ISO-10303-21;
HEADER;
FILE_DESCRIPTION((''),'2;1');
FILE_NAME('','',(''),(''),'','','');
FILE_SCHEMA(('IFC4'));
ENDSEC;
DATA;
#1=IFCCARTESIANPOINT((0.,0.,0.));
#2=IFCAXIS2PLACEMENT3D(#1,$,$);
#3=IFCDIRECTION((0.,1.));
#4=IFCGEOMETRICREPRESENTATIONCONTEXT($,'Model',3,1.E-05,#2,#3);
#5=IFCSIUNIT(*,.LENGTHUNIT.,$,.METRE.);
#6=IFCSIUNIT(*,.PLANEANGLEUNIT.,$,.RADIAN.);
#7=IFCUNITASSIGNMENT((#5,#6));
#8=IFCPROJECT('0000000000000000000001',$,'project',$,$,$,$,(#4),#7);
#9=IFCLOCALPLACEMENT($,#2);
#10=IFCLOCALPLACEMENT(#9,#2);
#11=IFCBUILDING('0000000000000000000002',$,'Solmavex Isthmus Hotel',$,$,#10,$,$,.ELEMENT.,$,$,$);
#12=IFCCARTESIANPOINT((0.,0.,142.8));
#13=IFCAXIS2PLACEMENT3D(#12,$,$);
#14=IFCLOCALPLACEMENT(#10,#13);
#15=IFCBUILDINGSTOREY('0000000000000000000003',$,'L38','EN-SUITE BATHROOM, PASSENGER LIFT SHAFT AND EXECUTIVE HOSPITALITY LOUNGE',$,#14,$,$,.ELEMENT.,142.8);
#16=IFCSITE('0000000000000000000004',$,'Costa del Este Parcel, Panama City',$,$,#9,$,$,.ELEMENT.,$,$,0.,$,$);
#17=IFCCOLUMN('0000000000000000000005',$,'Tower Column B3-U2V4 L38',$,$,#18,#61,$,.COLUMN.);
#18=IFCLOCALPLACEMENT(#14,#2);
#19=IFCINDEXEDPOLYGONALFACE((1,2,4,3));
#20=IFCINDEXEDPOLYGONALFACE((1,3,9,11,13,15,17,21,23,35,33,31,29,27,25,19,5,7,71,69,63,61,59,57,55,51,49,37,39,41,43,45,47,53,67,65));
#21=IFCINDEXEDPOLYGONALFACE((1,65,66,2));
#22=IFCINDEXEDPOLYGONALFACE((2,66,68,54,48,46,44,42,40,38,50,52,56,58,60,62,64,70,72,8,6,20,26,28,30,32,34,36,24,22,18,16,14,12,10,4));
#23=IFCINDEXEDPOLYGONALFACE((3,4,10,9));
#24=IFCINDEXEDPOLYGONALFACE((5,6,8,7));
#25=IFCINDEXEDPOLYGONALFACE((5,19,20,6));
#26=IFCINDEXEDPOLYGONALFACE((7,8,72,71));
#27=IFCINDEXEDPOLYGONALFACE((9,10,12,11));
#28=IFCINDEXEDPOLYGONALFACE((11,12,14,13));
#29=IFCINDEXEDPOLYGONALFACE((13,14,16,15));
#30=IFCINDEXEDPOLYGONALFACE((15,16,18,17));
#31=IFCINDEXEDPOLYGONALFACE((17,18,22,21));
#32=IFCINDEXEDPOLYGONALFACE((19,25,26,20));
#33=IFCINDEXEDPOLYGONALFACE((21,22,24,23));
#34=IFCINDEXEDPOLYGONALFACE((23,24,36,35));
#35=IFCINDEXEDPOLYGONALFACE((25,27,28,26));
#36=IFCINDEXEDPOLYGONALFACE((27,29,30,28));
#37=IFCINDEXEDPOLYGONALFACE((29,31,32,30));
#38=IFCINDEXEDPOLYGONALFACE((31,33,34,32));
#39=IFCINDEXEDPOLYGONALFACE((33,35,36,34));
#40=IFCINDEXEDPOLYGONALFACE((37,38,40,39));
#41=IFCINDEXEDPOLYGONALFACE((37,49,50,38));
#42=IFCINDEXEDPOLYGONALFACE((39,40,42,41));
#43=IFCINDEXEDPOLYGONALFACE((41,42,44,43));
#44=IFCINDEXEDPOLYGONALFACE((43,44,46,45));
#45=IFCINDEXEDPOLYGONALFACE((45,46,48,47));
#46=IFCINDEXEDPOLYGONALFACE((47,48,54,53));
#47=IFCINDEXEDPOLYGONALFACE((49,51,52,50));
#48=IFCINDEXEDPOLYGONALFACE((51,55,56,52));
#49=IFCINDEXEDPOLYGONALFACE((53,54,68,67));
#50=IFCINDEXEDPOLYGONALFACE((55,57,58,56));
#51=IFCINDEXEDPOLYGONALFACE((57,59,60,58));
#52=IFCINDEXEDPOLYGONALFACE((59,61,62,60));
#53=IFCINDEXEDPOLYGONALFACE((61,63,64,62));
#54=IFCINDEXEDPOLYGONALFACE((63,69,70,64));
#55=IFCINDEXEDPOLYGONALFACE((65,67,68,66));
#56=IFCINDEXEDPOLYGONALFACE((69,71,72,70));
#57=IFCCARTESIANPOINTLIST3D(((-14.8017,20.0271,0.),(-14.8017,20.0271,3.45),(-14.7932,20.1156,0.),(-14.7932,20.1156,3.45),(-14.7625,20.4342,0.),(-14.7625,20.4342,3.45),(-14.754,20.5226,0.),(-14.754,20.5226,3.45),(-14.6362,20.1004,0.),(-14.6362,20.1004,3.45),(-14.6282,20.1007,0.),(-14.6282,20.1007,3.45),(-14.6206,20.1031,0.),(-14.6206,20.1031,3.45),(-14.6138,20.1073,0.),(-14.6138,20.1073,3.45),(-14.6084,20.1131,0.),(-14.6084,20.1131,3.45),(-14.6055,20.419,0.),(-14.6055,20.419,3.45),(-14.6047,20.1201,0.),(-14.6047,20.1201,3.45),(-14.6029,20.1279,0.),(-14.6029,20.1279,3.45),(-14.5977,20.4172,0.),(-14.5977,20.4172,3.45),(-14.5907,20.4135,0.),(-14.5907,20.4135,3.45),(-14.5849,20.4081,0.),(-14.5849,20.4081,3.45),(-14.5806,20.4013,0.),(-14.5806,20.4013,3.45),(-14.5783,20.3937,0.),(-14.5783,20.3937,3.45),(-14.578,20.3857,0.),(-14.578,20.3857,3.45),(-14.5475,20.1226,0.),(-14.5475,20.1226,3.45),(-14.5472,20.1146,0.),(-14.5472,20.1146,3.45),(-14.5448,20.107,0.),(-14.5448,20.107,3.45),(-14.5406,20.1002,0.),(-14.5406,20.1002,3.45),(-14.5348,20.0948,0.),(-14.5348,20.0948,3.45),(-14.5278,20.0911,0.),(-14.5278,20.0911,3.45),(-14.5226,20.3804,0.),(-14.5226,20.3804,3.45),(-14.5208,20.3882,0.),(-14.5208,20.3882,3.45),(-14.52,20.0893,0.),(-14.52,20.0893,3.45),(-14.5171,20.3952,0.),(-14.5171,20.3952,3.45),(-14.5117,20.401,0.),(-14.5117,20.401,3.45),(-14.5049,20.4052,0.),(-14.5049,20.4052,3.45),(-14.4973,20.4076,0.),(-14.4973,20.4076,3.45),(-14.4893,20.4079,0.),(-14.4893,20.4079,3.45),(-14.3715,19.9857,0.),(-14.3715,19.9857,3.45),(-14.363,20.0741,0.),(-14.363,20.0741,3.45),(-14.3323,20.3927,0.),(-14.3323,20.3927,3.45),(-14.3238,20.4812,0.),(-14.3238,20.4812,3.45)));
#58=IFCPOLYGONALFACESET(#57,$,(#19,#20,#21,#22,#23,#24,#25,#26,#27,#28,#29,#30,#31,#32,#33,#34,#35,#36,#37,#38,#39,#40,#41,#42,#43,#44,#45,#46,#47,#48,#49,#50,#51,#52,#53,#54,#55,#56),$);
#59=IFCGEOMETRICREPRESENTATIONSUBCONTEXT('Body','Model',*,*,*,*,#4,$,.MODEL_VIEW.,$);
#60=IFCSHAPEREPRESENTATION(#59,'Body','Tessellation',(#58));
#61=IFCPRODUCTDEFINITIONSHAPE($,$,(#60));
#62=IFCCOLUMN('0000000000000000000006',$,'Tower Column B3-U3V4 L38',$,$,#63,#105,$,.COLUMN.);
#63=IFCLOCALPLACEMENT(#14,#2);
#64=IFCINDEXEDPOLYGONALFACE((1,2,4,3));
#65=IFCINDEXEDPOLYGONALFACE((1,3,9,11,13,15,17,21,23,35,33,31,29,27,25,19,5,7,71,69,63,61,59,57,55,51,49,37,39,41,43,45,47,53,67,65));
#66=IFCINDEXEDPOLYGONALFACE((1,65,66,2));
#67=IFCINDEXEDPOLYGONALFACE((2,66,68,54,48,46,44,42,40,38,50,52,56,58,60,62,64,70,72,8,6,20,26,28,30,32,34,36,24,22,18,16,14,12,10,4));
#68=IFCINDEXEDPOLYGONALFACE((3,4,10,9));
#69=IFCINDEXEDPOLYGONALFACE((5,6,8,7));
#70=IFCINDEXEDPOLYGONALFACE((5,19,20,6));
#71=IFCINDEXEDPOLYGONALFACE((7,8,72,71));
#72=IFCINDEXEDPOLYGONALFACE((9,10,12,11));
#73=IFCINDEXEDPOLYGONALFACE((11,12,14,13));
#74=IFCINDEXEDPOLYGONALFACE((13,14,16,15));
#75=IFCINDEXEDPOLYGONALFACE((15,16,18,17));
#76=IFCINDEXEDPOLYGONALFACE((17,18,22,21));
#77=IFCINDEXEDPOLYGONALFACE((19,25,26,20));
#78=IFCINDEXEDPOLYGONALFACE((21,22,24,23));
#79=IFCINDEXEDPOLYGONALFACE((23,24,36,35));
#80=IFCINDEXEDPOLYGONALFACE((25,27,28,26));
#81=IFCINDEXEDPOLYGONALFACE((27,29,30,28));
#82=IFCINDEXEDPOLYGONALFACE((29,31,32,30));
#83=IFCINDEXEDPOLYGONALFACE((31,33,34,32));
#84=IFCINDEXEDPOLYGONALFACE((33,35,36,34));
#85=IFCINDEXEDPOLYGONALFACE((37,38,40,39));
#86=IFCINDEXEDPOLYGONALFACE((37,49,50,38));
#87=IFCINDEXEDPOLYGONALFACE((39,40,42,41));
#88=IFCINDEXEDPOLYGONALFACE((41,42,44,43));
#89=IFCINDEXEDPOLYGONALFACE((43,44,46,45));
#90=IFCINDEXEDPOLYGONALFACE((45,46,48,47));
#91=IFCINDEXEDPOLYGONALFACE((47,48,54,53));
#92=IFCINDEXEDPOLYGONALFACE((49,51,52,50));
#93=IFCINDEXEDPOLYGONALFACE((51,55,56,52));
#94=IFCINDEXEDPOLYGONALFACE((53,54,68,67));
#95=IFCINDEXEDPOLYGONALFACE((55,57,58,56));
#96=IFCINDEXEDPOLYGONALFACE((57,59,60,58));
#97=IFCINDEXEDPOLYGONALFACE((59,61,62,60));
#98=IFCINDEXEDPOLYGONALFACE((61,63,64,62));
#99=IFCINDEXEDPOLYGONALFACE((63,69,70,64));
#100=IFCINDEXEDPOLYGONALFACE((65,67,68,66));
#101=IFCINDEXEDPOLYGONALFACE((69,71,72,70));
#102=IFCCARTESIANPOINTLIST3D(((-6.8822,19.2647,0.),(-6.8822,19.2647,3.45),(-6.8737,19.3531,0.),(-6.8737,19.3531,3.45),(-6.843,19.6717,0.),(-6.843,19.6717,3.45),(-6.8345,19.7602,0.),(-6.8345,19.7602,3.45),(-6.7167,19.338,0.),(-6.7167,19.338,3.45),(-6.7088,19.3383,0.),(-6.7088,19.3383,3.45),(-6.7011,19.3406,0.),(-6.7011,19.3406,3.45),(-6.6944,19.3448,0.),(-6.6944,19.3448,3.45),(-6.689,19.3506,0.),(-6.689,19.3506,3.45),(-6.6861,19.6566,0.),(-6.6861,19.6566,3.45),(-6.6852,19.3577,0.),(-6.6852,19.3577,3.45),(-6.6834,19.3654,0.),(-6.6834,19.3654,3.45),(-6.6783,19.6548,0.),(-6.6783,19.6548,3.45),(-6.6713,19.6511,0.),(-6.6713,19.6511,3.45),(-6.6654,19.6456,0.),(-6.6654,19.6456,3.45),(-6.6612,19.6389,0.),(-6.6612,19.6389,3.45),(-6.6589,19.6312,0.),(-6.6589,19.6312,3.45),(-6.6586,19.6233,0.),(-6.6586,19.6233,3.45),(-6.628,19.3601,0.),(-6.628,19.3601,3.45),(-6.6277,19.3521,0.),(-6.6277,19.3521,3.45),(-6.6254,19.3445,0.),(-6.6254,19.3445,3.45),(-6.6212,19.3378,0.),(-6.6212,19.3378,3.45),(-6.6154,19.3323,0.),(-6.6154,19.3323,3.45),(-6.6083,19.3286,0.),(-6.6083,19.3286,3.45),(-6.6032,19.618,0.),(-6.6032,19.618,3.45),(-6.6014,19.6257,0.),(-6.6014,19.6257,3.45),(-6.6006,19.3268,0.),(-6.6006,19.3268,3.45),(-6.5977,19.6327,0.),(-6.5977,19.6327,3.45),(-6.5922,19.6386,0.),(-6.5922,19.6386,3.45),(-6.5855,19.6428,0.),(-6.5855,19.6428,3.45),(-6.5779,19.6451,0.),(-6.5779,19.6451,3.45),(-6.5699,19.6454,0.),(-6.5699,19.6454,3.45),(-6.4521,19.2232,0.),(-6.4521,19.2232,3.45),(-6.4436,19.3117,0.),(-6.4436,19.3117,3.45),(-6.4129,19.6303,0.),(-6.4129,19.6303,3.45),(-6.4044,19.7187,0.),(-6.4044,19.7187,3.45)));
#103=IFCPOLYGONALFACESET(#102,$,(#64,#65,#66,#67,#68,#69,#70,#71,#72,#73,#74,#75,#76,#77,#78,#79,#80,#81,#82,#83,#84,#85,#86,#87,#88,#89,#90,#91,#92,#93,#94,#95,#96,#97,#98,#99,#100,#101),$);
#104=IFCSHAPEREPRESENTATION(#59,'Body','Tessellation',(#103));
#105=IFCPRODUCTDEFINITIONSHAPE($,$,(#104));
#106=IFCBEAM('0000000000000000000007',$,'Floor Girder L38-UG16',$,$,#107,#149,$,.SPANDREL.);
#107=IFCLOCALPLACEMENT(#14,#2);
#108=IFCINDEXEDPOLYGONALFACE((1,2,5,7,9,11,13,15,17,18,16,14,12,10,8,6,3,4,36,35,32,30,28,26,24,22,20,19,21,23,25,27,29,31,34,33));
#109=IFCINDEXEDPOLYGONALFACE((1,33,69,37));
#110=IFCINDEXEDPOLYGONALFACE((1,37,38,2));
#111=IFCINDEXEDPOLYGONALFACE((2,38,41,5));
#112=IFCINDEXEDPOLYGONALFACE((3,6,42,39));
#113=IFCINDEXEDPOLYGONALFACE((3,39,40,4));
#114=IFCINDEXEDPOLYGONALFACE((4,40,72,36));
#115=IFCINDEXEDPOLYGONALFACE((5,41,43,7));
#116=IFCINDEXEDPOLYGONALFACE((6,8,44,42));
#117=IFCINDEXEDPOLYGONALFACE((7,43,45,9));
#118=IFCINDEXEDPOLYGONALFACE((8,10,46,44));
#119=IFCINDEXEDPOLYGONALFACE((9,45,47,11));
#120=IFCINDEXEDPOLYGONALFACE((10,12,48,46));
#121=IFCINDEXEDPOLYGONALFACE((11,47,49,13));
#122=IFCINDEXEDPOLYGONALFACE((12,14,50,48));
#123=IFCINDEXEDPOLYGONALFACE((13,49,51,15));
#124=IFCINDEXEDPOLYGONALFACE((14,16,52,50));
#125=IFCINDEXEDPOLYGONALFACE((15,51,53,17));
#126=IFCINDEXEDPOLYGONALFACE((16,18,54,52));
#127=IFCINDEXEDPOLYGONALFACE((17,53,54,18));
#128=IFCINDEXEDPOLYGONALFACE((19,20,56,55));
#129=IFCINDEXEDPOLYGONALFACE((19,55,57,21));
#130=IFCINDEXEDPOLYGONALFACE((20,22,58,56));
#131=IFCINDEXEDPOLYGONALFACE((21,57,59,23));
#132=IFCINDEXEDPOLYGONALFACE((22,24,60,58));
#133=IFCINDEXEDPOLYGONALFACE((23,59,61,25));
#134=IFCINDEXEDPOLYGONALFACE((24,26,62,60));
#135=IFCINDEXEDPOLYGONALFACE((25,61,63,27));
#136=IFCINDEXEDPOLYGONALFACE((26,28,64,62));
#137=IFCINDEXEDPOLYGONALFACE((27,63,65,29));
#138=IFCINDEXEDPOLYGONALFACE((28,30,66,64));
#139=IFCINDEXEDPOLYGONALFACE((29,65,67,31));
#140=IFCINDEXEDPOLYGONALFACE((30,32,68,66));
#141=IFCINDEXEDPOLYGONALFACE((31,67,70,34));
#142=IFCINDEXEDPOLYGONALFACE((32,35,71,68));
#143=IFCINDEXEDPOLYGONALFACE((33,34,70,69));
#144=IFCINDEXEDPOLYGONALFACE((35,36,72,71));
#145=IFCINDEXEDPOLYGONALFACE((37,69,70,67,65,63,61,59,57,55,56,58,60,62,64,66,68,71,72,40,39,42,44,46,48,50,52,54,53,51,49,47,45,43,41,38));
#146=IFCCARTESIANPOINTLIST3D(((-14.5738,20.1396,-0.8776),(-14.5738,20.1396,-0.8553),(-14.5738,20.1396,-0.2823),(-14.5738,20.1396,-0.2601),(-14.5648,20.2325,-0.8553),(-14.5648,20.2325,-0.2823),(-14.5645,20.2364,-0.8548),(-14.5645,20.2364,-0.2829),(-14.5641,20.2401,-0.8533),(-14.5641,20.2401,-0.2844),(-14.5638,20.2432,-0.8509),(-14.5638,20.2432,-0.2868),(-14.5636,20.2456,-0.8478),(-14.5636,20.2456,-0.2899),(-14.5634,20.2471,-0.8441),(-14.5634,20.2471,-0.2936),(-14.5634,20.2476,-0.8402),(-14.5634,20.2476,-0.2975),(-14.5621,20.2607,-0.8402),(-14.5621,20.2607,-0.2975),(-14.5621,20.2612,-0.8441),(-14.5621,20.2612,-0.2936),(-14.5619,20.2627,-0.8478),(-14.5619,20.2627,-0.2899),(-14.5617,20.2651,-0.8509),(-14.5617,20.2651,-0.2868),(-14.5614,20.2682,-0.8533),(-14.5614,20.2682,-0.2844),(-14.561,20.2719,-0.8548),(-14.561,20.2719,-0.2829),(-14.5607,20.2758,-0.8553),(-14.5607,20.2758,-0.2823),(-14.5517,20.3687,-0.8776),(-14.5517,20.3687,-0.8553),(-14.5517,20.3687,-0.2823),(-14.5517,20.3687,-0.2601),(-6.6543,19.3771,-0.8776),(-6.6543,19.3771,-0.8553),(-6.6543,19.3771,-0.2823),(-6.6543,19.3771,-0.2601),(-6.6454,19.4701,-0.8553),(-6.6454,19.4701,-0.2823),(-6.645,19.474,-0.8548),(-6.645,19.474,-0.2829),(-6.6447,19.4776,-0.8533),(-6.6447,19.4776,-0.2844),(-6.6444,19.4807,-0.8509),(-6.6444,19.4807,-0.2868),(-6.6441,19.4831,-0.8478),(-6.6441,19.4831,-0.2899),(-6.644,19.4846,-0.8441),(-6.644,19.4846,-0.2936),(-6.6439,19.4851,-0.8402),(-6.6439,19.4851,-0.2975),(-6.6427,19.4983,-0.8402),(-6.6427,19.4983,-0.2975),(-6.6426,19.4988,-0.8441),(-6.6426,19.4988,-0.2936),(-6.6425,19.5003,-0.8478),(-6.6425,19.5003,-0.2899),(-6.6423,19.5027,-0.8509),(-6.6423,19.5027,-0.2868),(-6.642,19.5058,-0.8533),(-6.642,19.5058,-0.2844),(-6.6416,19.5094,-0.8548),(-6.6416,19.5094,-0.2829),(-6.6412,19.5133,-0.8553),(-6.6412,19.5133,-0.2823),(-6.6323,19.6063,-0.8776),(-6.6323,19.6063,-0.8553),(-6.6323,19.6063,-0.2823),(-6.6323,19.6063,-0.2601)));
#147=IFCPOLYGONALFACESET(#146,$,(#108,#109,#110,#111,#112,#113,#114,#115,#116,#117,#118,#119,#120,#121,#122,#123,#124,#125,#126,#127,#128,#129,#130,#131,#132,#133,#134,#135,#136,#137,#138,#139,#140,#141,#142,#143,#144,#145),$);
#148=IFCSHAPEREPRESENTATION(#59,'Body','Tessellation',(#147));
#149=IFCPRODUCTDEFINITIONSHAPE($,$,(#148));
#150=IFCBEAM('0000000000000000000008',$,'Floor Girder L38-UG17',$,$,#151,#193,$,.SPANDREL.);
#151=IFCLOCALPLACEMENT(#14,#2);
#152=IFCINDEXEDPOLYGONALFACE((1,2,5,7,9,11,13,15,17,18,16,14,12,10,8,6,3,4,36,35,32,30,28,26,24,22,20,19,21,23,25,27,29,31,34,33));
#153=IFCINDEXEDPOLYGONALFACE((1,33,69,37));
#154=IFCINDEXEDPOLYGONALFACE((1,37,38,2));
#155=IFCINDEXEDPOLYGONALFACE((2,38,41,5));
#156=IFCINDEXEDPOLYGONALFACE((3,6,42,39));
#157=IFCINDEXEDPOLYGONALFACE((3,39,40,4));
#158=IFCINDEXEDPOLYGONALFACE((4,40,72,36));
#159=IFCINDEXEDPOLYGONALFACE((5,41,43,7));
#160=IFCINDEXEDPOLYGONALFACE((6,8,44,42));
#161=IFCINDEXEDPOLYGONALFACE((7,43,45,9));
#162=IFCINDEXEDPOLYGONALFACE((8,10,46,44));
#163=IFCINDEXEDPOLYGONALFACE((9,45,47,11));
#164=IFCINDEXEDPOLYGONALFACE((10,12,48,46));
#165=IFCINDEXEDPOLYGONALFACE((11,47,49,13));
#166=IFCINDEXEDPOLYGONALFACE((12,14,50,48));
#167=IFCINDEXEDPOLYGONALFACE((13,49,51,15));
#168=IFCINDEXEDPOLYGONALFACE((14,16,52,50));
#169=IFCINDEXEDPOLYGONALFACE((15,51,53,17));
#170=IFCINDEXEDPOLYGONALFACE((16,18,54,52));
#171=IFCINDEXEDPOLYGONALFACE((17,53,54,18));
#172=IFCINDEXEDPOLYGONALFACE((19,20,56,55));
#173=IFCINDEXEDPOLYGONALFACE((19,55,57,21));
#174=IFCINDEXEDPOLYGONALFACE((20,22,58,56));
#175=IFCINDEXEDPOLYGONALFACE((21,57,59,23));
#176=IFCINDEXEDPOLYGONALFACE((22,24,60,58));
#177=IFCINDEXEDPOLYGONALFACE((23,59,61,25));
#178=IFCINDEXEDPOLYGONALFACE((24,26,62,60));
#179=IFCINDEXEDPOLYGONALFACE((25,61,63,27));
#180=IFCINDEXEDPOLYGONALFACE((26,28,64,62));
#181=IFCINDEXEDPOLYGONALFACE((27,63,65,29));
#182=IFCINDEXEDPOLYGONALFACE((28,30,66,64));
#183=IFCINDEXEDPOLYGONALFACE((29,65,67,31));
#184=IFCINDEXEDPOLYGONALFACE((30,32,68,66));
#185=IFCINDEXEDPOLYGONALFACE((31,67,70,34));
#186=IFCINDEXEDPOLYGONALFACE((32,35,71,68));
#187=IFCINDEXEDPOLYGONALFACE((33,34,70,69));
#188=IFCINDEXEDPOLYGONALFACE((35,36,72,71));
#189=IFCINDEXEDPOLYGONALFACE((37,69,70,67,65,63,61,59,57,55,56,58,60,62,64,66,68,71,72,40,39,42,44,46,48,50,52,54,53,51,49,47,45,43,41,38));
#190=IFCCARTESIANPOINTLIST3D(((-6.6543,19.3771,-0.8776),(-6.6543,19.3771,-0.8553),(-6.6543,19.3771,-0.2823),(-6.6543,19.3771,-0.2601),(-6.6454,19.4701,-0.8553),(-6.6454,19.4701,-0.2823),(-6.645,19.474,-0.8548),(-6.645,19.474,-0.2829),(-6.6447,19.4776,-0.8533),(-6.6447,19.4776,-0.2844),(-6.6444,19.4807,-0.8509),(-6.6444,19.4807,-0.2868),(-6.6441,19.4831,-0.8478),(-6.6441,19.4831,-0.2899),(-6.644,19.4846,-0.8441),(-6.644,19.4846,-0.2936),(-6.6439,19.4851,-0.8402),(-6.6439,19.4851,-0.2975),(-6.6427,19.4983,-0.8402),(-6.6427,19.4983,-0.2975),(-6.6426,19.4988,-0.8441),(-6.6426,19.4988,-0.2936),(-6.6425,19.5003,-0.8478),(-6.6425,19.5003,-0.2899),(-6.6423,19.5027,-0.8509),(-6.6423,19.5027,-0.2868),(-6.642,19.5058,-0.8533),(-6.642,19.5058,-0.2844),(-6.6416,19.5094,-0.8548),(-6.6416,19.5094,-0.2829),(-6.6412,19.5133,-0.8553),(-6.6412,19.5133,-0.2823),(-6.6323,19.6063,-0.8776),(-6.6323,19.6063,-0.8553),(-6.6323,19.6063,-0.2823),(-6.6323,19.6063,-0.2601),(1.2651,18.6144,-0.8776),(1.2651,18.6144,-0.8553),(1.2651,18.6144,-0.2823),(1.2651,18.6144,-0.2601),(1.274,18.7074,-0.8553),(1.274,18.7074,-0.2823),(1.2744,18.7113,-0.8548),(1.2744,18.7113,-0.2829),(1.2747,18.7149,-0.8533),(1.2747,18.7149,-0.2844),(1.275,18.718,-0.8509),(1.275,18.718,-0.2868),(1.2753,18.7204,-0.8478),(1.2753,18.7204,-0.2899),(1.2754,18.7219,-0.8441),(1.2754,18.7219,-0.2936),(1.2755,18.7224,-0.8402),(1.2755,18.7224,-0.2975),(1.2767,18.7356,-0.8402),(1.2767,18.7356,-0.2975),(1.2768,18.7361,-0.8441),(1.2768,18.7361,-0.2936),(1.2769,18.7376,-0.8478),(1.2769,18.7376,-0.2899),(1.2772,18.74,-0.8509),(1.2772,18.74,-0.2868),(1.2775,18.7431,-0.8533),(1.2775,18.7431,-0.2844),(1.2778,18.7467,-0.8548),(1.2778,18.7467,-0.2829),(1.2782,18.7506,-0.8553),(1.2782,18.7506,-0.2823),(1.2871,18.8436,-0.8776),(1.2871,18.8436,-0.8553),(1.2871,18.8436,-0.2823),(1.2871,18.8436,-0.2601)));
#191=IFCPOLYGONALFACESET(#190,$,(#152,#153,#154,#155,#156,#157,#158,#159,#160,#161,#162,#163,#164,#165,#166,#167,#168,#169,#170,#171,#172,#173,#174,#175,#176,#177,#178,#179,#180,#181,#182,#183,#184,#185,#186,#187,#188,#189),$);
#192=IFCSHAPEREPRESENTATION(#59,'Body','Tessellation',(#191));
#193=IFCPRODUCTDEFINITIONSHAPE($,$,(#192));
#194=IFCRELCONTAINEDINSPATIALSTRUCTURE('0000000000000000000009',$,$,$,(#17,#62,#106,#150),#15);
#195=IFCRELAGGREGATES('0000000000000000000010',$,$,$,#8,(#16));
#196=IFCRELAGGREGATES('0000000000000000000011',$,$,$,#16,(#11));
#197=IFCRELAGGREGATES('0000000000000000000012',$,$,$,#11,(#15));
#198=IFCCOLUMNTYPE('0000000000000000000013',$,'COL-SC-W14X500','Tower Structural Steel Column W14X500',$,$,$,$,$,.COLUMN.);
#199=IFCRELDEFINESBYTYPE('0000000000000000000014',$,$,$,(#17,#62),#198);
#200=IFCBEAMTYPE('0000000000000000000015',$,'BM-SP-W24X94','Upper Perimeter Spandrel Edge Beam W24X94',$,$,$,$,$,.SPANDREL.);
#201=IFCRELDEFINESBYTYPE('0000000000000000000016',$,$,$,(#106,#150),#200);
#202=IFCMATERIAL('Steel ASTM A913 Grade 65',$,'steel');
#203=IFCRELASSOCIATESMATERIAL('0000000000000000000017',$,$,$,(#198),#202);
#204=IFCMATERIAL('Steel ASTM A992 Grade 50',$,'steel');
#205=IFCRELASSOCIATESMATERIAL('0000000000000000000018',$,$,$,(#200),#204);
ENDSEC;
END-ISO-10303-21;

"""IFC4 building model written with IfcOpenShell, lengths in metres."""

from ifc_helpers import new_model, si_unit, direction, frame, origin, origin_2d, place, context, subcontext, project, spatial, i_section, extrude, material, material_profile, profile_set, type_object, element, save


model = new_model("IFC4")

# Units and contexts
model_context = context("Model", 3, precision=1e-05, world=origin(), true_north=direction((0.0, 1.0)))
body_context = subcontext(model_context, "Body", "Model", "MODEL_VIEW")
ifc_project = project(units=[si_unit("LENGTHUNIT", "METRE"), si_unit("PLANEANGLEUNIT", "RADIAN")], contexts=[model_context])

# Site, building, storey
site_placement = place(None, origin())
site = spatial("IfcSite", under=ifc_project, at=site_placement, Name="Costa del Este Parcel, Panama City", CompositionType="ELEMENT", RefElevation=0.0)
building_placement = place(site_placement, origin())
building = spatial("IfcBuilding", under=site, at=building_placement, Name="Solmavex Isthmus Hotel", CompositionType="ELEMENT")
storey_placement = place(building_placement, frame((0.0, 0.0, 142.8)))
storey = spatial("IfcBuildingStorey", under=building, at=storey_placement, Name="L38", Description="EN-SUITE BATHROOM, PASSENGER LIFT SHAFT AND EXECUTIVE HOSPITALITY LOUNGE", CompositionType="ELEMENT", Elevation=142.8)

# Columns
ifc_material_1 = material(Name="Steel ASTM A913 Grade 65", Category="steel")
ifc_material_profile_1 = material_profile(ifc_material_1, i_section(OverallWidth=0.4321, OverallDepth=0.4978, WebThickness=0.0557, FlangeThickness=0.0889, FilletRadius=0.0305, at=origin_2d()), Name="W14X500")
ifc_profile_set_1 = profile_set([ifc_material_profile_1], Name="Steel ASTM A913 Grade 65")
column_type = type_object("IfcColumnType", Name="COL-SC-W14X500", Description="Tower Structural Steel Column W14X500", PredefinedType="COLUMN", material=ifc_profile_set_1)
for number, where, z_axis, x_axis, name in (
    (1, (-14.5627, 20.2542, 0.0), (0.0, 0.0, 1.0), (0.995396, -0.095846, 0.0), "Tower Column B3-U2V4 L38"),
    (2, (-6.6433, 19.4917, 0.0), (0.0, 0.0, 1.0), (0.995396, -0.095846, 0.0), "Tower Column B3-U3V4 L38"),
):
    element("IfcColumn", number, at=place(storey_placement, frame(where, z_axis=z_axis, x_axis=x_axis)), inside=storey, type_object=column_type, Name=name, PredefinedType="COLUMN", context=body_context, shape_type="SweptSolid", body=[
        extrude(i_section(OverallWidth=0.4321, OverallDepth=0.4978, WebThickness=0.0557, FlangeThickness=0.0889, FilletRadius=0.0305, at=origin_2d()), origin(), (0.0, 0.0, 1.0), 3.45),
    ])

# Beams
ifc_material_2 = material(Name="Steel ASTM A992 Grade 50", Category="steel")
ifc_material_profile_2 = material_profile(ifc_material_2, i_section(OverallWidth=0.2302, OverallDepth=0.6174, WebThickness=0.0132, FlangeThickness=0.0222, FilletRadius=0.0151, at=origin_2d()), Name="W24X94")
ifc_profile_set_2 = profile_set([ifc_material_profile_2], Name="Steel ASTM A992 Grade 50")
beam_type = type_object("IfcBeamType", Name="BM-SP-W24X94", Description="Upper Perimeter Spandrel Edge Beam W24X94", PredefinedType="SPANDREL", material=ifc_profile_set_2)
for number, where, z_axis, x_axis, name in (
    (3, (-14.5627, 20.2542, -0.5688), (0.995397, -0.095833, 0.0), (0.095833, 0.995397, 0.0), "Floor Girder L38-UG16"),
    (4, (-6.6433, 19.4917, -0.5688), (0.995395, -0.095863, 0.0), (0.095863, 0.995395, 0.0), "Floor Girder L38-UG17"),
):
    element("IfcBeam", number, at=place(storey_placement, frame(where, z_axis=z_axis, x_axis=x_axis)), inside=storey, type_object=beam_type, Name=name, PredefinedType="SPANDREL", context=body_context, shape_type="SweptSolid", body=[
        extrude(i_section(OverallWidth=0.2302, OverallDepth=0.6174, WebThickness=0.0132, FlangeThickness=0.0222, FilletRadius=0.0151, at=origin_2d()), origin(), (0.0, 0.0, 1.0), 7.9561),
    ])

save(model, "model.ifc")
